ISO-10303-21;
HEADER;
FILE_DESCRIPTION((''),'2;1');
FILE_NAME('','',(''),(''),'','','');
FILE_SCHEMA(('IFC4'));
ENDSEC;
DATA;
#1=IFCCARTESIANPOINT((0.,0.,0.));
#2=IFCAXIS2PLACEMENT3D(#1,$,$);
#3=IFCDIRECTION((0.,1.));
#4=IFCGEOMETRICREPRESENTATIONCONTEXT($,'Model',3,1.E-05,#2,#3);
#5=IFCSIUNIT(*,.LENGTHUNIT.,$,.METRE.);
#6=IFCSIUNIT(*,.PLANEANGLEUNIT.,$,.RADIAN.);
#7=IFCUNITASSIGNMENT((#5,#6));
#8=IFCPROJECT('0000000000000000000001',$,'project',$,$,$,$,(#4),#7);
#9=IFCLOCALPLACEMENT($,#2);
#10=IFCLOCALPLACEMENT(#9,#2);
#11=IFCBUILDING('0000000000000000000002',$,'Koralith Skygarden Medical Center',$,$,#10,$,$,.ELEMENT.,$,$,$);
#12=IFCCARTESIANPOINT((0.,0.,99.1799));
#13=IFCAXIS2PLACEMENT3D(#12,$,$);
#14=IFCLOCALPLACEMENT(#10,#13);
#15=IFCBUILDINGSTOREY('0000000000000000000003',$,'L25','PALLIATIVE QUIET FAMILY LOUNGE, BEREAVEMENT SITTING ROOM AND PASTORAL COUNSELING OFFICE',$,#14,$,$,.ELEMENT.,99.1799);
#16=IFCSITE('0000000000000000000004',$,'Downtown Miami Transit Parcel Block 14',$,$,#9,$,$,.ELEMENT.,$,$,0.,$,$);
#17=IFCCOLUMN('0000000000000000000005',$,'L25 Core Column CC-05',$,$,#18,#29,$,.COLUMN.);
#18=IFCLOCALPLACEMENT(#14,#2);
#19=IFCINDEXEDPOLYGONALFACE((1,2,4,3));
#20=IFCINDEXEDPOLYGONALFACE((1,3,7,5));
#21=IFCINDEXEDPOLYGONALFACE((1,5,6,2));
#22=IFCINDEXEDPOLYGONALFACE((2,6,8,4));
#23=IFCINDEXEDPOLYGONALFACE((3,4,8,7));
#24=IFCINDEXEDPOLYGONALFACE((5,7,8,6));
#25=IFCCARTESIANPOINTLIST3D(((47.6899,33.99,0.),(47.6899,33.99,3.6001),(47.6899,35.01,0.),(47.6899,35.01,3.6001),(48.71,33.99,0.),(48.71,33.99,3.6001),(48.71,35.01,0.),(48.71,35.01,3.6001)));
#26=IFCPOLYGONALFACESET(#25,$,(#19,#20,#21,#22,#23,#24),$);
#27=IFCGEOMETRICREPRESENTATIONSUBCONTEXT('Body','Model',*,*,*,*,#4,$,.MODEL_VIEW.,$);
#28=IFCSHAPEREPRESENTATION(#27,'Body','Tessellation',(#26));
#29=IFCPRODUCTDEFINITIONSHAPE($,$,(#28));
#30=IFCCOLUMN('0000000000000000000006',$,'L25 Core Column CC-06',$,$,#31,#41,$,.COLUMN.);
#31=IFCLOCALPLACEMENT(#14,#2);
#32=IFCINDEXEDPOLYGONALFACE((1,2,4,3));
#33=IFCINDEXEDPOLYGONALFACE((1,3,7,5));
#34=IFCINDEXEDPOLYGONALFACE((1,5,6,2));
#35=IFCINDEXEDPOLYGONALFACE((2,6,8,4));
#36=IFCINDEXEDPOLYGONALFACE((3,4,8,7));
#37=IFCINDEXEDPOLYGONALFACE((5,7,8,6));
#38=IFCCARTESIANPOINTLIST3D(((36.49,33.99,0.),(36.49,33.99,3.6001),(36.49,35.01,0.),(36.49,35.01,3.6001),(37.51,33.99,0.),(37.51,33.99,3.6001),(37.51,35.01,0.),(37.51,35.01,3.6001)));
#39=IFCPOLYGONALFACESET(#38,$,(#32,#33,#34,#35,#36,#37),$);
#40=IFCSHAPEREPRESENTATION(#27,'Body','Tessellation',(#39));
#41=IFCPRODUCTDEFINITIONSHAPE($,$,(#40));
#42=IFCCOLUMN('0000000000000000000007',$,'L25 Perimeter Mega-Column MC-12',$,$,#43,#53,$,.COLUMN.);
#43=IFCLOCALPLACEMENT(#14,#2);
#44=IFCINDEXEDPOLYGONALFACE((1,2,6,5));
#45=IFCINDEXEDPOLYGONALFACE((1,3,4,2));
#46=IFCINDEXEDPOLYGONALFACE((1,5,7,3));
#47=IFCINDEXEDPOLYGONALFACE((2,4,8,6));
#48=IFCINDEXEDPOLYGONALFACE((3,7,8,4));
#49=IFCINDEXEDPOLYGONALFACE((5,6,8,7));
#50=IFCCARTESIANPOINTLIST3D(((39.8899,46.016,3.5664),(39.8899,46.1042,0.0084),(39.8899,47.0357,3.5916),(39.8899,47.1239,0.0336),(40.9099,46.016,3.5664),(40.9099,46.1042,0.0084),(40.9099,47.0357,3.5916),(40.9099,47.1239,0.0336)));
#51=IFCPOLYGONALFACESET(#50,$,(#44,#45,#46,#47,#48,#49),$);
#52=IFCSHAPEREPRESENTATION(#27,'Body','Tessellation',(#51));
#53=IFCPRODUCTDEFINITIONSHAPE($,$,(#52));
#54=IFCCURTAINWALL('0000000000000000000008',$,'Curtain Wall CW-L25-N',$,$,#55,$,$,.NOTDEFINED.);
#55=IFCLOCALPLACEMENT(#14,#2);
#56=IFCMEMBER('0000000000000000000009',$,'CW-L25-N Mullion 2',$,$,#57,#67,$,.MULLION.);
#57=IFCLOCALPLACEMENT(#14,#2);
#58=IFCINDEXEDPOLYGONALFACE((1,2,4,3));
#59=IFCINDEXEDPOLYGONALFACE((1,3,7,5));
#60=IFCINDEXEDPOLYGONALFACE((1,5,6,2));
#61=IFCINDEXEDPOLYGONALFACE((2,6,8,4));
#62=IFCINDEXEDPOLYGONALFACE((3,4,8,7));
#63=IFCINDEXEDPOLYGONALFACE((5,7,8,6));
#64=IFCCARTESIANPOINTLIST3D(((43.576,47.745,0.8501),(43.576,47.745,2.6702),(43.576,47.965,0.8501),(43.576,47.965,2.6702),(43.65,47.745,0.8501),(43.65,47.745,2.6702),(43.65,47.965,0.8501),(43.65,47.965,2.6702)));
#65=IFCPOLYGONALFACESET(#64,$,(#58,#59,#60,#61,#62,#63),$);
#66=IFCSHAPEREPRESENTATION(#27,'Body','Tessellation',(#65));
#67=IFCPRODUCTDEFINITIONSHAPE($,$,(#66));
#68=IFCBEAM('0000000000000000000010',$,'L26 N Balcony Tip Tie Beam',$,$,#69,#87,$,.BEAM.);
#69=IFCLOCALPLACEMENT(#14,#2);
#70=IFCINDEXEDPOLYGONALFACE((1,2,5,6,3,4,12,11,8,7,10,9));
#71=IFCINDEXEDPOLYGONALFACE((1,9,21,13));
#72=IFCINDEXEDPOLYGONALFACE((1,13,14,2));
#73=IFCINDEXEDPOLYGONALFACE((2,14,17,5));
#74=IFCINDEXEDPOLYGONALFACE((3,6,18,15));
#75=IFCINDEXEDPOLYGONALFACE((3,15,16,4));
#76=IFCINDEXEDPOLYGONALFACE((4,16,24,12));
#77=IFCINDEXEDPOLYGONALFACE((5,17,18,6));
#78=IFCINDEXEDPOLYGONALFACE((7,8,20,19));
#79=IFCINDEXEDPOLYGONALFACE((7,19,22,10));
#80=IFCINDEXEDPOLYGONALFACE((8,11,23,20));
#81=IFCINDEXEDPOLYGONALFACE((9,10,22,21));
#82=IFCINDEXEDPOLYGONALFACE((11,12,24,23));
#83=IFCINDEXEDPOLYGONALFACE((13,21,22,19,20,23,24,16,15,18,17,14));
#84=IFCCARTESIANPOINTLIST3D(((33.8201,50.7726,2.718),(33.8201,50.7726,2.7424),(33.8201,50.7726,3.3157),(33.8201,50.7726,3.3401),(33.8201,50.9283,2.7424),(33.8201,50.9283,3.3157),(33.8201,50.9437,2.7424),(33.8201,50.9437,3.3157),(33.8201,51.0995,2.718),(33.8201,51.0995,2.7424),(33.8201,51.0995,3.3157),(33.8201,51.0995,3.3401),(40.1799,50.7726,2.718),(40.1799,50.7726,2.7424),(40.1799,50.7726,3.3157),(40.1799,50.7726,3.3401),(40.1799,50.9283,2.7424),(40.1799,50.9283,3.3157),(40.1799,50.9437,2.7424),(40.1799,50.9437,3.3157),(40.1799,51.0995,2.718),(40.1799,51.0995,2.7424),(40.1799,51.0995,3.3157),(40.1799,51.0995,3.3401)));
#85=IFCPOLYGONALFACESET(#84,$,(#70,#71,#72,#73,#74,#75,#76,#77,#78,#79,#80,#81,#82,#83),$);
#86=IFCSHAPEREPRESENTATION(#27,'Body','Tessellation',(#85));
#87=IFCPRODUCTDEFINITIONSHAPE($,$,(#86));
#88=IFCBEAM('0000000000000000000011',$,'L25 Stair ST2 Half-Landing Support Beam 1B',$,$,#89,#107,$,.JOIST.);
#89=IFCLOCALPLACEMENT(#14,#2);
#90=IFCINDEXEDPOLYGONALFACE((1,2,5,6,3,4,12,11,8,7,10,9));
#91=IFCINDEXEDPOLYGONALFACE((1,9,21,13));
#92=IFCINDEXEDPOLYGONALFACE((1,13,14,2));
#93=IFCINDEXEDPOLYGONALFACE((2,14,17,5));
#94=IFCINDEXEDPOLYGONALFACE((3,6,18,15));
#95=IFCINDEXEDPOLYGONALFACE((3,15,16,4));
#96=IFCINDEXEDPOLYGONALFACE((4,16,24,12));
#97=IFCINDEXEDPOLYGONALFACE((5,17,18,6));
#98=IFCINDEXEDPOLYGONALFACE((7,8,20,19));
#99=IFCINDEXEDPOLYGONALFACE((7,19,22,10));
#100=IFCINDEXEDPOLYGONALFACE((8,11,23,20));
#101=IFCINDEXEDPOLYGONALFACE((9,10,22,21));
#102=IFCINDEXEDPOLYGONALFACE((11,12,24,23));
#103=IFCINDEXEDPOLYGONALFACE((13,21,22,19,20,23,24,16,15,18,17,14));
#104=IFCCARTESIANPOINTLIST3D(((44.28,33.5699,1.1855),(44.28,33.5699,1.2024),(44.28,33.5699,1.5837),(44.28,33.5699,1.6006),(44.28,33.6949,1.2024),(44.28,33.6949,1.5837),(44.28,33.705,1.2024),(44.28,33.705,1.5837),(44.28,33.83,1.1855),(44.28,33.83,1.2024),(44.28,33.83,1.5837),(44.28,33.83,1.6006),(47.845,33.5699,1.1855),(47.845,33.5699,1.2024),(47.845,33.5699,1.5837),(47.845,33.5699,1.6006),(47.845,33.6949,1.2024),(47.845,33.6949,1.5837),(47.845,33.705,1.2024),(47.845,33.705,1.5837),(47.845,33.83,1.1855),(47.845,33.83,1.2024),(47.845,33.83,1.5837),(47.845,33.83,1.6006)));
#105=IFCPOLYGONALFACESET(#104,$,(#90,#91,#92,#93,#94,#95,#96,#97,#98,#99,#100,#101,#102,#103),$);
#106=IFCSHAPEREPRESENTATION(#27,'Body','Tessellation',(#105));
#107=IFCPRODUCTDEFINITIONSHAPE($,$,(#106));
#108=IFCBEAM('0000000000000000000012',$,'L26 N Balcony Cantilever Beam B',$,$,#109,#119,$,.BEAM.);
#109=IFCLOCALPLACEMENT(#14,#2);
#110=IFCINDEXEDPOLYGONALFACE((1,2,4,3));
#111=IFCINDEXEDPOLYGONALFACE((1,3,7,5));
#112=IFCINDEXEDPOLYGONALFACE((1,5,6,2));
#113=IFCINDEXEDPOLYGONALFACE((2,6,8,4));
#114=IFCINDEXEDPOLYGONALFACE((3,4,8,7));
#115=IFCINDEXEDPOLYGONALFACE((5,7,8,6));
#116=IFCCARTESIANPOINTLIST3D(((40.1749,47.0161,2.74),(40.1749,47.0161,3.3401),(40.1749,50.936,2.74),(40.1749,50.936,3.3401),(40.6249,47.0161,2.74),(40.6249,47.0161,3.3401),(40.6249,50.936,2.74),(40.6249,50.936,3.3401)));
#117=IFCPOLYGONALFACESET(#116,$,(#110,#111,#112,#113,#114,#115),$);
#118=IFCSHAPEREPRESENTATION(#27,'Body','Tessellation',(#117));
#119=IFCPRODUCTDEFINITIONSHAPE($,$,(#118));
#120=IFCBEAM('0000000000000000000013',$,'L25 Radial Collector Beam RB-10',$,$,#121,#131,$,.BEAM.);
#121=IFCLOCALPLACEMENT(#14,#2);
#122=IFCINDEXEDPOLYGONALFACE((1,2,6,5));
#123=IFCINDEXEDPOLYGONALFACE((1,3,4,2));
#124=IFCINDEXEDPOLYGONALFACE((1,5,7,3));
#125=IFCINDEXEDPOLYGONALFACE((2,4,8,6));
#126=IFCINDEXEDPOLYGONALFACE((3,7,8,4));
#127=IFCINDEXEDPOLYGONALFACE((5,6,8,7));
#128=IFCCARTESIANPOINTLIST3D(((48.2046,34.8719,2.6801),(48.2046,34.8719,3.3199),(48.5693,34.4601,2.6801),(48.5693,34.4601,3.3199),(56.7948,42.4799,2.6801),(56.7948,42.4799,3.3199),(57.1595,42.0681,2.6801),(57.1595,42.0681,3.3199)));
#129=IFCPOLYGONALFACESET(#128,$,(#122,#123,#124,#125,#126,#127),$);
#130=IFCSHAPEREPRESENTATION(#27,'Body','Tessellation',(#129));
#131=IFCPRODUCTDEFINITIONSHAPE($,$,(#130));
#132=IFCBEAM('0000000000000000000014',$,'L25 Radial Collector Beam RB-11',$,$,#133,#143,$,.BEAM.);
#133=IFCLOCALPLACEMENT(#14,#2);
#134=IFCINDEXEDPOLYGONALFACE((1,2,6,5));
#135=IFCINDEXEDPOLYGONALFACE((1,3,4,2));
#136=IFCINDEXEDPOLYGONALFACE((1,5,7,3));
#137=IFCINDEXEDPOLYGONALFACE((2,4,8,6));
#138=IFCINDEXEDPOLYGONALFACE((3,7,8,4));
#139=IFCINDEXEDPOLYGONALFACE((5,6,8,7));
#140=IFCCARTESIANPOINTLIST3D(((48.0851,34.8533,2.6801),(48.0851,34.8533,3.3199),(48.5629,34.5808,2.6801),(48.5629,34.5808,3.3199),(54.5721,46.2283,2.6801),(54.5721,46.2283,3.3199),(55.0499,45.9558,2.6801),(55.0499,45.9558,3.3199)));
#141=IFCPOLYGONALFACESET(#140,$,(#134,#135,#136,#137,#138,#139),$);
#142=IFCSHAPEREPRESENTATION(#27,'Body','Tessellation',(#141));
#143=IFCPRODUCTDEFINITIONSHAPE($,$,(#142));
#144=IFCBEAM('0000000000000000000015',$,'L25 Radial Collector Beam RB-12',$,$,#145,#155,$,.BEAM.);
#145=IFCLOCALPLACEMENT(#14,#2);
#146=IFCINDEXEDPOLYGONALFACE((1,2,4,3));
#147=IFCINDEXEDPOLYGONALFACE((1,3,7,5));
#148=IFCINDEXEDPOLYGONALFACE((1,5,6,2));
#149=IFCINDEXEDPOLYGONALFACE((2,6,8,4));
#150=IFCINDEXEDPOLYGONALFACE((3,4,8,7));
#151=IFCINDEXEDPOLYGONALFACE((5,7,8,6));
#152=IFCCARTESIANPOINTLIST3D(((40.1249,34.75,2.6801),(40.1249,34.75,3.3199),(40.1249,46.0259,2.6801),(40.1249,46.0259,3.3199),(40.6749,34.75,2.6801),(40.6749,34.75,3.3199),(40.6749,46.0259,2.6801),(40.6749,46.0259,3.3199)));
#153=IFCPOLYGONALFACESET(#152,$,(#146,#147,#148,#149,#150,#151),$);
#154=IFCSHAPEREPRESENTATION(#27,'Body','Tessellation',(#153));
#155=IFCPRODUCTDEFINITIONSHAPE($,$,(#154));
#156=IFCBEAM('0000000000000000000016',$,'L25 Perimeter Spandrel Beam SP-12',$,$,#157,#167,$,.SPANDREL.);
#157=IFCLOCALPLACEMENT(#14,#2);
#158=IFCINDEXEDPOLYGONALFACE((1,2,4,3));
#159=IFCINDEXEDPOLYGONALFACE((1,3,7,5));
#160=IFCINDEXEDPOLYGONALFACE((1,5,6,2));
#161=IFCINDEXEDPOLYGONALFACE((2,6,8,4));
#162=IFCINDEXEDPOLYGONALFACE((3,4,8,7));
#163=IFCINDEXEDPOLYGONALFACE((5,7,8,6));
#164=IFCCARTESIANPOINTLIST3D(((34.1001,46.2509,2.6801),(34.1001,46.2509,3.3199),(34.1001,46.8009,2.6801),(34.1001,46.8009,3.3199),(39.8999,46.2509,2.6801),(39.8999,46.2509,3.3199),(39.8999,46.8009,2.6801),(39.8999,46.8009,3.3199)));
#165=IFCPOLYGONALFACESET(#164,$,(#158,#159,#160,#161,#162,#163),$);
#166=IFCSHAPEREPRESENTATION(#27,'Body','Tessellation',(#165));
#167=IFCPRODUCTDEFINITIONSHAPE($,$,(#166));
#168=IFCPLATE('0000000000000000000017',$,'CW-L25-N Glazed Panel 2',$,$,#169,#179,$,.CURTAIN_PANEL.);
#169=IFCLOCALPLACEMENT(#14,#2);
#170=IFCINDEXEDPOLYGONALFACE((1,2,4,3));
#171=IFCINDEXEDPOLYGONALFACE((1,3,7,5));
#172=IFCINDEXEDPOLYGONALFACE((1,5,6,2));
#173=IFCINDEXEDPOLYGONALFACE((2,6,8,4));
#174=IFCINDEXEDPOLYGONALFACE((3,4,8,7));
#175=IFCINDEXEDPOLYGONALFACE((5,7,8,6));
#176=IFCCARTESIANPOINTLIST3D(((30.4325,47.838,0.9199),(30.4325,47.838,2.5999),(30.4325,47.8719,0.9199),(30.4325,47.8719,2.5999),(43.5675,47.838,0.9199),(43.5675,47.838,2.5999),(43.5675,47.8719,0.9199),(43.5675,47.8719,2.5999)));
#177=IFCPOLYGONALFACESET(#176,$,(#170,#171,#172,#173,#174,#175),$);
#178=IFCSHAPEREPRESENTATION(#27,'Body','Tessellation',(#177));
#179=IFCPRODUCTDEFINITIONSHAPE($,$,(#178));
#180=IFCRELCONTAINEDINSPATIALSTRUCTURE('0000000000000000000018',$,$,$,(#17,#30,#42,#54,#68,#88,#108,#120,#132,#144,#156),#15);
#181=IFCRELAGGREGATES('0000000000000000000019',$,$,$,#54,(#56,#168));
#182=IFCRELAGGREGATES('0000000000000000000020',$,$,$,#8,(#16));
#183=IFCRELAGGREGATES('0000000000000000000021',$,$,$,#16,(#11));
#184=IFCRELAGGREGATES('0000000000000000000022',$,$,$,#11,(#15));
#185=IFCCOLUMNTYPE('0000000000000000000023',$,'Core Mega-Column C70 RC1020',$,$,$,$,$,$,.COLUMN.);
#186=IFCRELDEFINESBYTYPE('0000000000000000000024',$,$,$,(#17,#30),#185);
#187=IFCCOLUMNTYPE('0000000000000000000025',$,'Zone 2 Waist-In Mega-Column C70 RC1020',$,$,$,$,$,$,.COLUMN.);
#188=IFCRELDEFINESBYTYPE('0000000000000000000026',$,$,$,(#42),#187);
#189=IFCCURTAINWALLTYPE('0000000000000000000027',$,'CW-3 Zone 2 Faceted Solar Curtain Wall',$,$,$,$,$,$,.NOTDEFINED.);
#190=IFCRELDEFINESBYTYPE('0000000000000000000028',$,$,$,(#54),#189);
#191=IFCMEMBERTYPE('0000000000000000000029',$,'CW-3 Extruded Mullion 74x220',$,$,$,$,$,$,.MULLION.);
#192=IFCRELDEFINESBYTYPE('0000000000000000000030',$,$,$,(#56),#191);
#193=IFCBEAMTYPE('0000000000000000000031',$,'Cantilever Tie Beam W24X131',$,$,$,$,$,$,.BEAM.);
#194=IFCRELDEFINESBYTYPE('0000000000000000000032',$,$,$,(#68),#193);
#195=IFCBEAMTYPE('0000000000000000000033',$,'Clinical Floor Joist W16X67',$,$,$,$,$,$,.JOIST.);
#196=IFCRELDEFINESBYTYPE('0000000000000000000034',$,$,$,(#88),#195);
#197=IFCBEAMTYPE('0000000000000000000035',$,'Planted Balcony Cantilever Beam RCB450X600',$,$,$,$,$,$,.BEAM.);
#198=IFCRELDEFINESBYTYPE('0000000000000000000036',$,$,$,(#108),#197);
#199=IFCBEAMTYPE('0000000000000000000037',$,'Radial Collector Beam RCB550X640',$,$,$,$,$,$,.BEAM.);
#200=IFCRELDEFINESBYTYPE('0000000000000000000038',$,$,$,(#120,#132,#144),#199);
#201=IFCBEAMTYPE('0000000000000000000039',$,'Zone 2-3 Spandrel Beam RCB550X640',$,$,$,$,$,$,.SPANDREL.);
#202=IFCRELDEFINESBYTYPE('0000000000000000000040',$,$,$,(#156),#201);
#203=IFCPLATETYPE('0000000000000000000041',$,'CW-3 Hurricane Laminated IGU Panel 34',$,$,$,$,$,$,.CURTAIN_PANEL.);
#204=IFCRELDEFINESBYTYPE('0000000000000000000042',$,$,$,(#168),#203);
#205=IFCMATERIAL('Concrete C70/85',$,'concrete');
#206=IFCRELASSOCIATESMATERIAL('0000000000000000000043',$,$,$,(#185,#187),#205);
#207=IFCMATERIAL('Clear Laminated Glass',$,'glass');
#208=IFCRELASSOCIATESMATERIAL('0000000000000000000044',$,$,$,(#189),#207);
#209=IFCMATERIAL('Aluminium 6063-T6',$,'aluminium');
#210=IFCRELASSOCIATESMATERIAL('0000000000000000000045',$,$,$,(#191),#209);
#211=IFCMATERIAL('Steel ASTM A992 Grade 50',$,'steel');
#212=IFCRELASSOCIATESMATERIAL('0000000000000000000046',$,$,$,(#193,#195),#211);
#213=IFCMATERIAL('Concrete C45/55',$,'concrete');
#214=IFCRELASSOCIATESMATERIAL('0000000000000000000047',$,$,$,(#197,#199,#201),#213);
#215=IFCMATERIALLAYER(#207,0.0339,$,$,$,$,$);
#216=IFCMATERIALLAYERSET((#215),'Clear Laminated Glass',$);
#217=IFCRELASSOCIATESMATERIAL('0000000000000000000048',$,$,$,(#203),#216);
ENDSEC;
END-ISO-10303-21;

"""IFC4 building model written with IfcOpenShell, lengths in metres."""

from ifc_helpers import new_model, si_unit, direction, frame, origin, origin_2d, place, context, subcontext, project, spatial, rectangle, i_section, extrude, material, layer, layer_set, material_profile, profile_set, type_object, element, aggregate, save


model = new_model("IFC4")

# Units and contexts
model_context = context("Model", 3, precision=1e-05, world=origin(), true_north=direction((0.0, 1.0)))
body_context = subcontext(model_context, "Body", "Model", "MODEL_VIEW")
ifc_project = project(units=[si_unit("LENGTHUNIT", "METRE"), si_unit("PLANEANGLEUNIT", "RADIAN")], contexts=[model_context])

# Site, building, storey
site_placement = place(None, origin())
site = spatial("IfcSite", under=ifc_project, at=site_placement, Name="Downtown Miami Transit Parcel Block 14", CompositionType="ELEMENT", RefElevation=0.0)
building_placement = place(site_placement, origin())
building = spatial("IfcBuilding", under=site, at=building_placement, Name="Koralith Skygarden Medical Center", CompositionType="ELEMENT")
storey_placement = place(building_placement, frame((0.0, 0.0, 99.1799)))
storey = spatial("IfcBuildingStorey", under=building, at=storey_placement, Name="L25", Description="PALLIATIVE QUIET FAMILY LOUNGE, BEREAVEMENT SITTING ROOM AND PASTORAL COUNSELING OFFICE", CompositionType="ELEMENT", Elevation=99.1799)

# Columns
ifc_material_1 = material(Name="Concrete C70/85", Category="concrete")
ifc_material_profile_1 = material_profile(ifc_material_1, rectangle(XDim=1.02, YDim=1.02, at=origin_2d()), Name="RC1020X1020")
ifc_profile_set_1 = profile_set([ifc_material_profile_1], Name="Concrete C70/85")
column_type_1 = type_object("IfcColumnType", Name="Core Mega-Column C70 RC1020", PredefinedType="COLUMN", material=ifc_profile_set_1)
for number, where, z_axis, x_axis, name in (
    (1, (48.2, 34.5, 0.0), (0.0, 0.0, 1.0), (1.0, 0.0, 0.0), "L25 Core Column CC-05"),
    (2, (37.0, 34.5, 0.0), (0.0, 0.0, 1.0), (1.0, 0.0, 0.0), "L25 Core Column CC-06"),
):
    element("IfcColumn", number, at=place(storey_placement, frame(where, z_axis=z_axis, x_axis=x_axis)), inside=storey, type_object=column_type_1, Name=name, PredefinedType="COLUMN", context=body_context, shape_type="SweptSolid", body=[
        extrude(rectangle(XDim=1.02, YDim=1.02, at=origin_2d()), origin(), (0.0, 0.0, 1.0), 3.6001),
    ])
ifc_material_profile_2 = material_profile(ifc_material_1, rectangle(XDim=1.02, YDim=1.02, at=origin_2d()), Name="RC1020X1020")
ifc_profile_set_2 = profile_set([ifc_material_profile_2], Name="Concrete C70/85")
column_type_2 = type_object("IfcColumnType", Name="Zone 2 Waist-In Mega-Column C70 RC1020", PredefinedType="COLUMN", material=ifc_profile_set_2)
column_placement = place(storey_placement, frame((40.3999, 46.614, 0.021), z_axis=(0.0, -0.024763, 0.999693), x_axis=(1.0, 0.0, 0.0)))
element("IfcColumn", 3, at=column_placement, inside=storey, type_object=column_type_2, Name="L25 Perimeter Mega-Column MC-12", PredefinedType="COLUMN", context=body_context, shape_type="SweptSolid", body=[
    extrude(rectangle(XDim=1.02, YDim=1.02, at=origin_2d()), origin(), (0.0, 0.0, 1.0), 3.5591),
])

# Curtain wall, member
ifc_material_2 = material(Name="Clear Laminated Glass", Category="glass")
curtain_wall_type = type_object("IfcCurtainWallType", Name="CW-3 Zone 2 Faceted Solar Curtain Wall", PredefinedType="NOTDEFINED", material=ifc_material_2)
curtain_wall_placement = place(storey_placement, origin())
curtain_wall = element("IfcCurtainWall", 4, at=curtain_wall_placement, inside=storey, type_object=curtain_wall_type, Name="Curtain Wall CW-L25-N", PredefinedType="NOTDEFINED")
ifc_material_3 = material(Name="Aluminium 6063-T6", Category="aluminium")
ifc_material_profile_3 = material_profile(ifc_material_3, rectangle(XDim=0.074, YDim=0.22, at=origin_2d()), Name="MUL74X220")
ifc_profile_set_3 = profile_set([ifc_material_profile_3], Name="Aluminium 6063-T6")
member_type = type_object("IfcMemberType", Name="CW-3 Extruded Mullion 74x220", PredefinedType="MULLION", material=ifc_profile_set_3)
member_placement = place(storey_placement, frame((43.613, 47.855, 0.8501), z_axis=(0.0, 0.0, 1.0), x_axis=(1.0, 0.0, 0.0)))
member = element("IfcMember", 5, at=member_placement, type_object=member_type, Name="CW-L25-N Mullion 2", PredefinedType="MULLION", context=body_context, shape_type="SweptSolid", body=[
    extrude(rectangle(XDim=0.074, YDim=0.22, at=origin_2d()), origin(), (0.0, 0.0, 1.0), 1.8201),
])

# Beams
ifc_material_4 = material(Name="Steel ASTM A992 Grade 50", Category="steel")
ifc_material_profile_4 = material_profile(ifc_material_4, i_section(OverallWidth=0.3269, OverallDepth=0.6221, WebThickness=0.0154, FlangeThickness=0.0244, at=origin_2d()), Name="W24X131")
ifc_profile_set_4 = profile_set([ifc_material_profile_4], Name="Steel ASTM A992 Grade 50")
beam_type_1 = type_object("IfcBeamType", Name="Cantilever Tie Beam W24X131", PredefinedType="BEAM", material=ifc_profile_set_4)
beam_1_placement = place(storey_placement, frame((33.8201, 50.936, 3.0291), z_axis=(1.0, 0.0, 0.0), x_axis=(0.0, 1.0, 0.0)))
element("IfcBeam", 6, at=beam_1_placement, inside=storey, type_object=beam_type_1, Name="L26 N Balcony Tip Tie Beam", PredefinedType="BEAM", context=body_context, shape_type="SweptSolid", body=[
    extrude(i_section(OverallWidth=0.3269, OverallDepth=0.6221, WebThickness=0.0154, FlangeThickness=0.0244, at=origin_2d()), origin(), (0.0, 0.0, 1.0), 6.3599),
])
ifc_material_profile_5 = material_profile(ifc_material_4, i_section(OverallWidth=0.26, OverallDepth=0.415, WebThickness=0.01, FlangeThickness=0.0168, at=origin_2d()), Name="W16X67")
ifc_profile_set_5 = profile_set([ifc_material_profile_5], Name="Steel ASTM A992 Grade 50")
beam_type_2 = type_object("IfcBeamType", Name="Clinical Floor Joist W16X67", PredefinedType="JOIST", material=ifc_profile_set_5)
beam_2_placement = place(storey_placement, frame((44.28, 33.7, 1.3931), z_axis=(1.0, 0.0, 0.0), x_axis=(0.0, 1.0, 0.0)))
element("IfcBeam", 7, at=beam_2_placement, inside=storey, type_object=beam_type_2, Name="L25 Stair ST2 Half-Landing Support Beam 1B", PredefinedType="JOIST", context=body_context, shape_type="SweptSolid", body=[
    extrude(i_section(OverallWidth=0.26, OverallDepth=0.415, WebThickness=0.01, FlangeThickness=0.0168, at=origin_2d()), origin(), (0.0, 0.0, 1.0), 3.5649),
])
ifc_material_5 = material(Name="Concrete C45/55", Category="concrete")
ifc_material_profile_6 = material_profile(ifc_material_5, rectangle(XDim=0.45, YDim=0.6001, at=origin_2d()), Name="RCB450X600")
ifc_profile_set_6 = profile_set([ifc_material_profile_6], Name="Concrete C45/55")
beam_type_3 = type_object("IfcBeamType", Name="Planted Balcony Cantilever Beam RCB450X600", PredefinedType="BEAM", material=ifc_profile_set_6)
beam_3_placement = place(storey_placement, frame((40.3999, 47.0161, 3.04), z_axis=(0.0, 1.0, 0.0), x_axis=(-1.0, 0.0, 0.0)))
element("IfcBeam", 8, at=beam_3_placement, inside=storey, type_object=beam_type_3, Name="L26 N Balcony Cantilever Beam B", PredefinedType="BEAM", context=body_context, shape_type="SweptSolid", body=[
    extrude(rectangle(XDim=0.45, YDim=0.6001, at=origin_2d()), origin(), (0.0, 0.0, 1.0), 3.9199),
])
ifc_material_profile_7 = material_profile(ifc_material_5, rectangle(XDim=0.55, YDim=0.6399, at=origin_2d()), Name="RCB550X640")
ifc_profile_set_7 = profile_set([ifc_material_profile_7], Name="Concrete C45/55")
beam_type_4 = type_object("IfcBeamType", Name="Radial Collector Beam RCB550X640", PredefinedType="BEAM", material=ifc_profile_set_7)
beam_4_placement = place(storey_placement, frame((48.387, 34.666, 3.0), z_axis=(0.748608, 0.663013, 0.0), x_axis=(-0.663013, 0.748608, 0.0)))
element("IfcBeam", 9, at=beam_4_placement, inside=storey, type_object=beam_type_4, Name="L25 Radial Collector Beam RB-10", PredefinedType="BEAM", context=body_context, shape_type="SweptSolid", body=[
    extrude(rectangle(XDim=0.55, YDim=0.6399, at=origin_2d()), origin(), (0.0, 0.0, 1.0), 11.4749),
])
beam_5_placement = place(storey_placement, frame((48.324, 34.717, 3.0), z_axis=(0.495394, 0.868668, 0.0), x_axis=(-0.868668, 0.495394, 0.0)))
element("IfcBeam", 10, at=beam_5_placement, inside=storey, type_object=beam_type_4, Name="L25 Radial Collector Beam RB-11", PredefinedType="BEAM", context=body_context, shape_type="SweptSolid", body=[
    extrude(rectangle(XDim=0.55, YDim=0.6399, at=origin_2d()), origin(), (0.0, 0.0, 1.0), 13.0947),
])
beam_6_placement = place(storey_placement, frame((40.3999, 34.75, 3.0), z_axis=(0.0, 1.0, 0.0), x_axis=(-1.0, 0.0, 0.0)))
element("IfcBeam", 11, at=beam_6_placement, inside=storey, type_object=beam_type_4, Name="L25 Radial Collector Beam RB-12", PredefinedType="BEAM", context=body_context, shape_type="SweptSolid", body=[
    extrude(rectangle(XDim=0.55, YDim=0.6399, at=origin_2d()), origin(), (0.0, 0.0, 1.0), 11.2759),
])
ifc_material_profile_8 = material_profile(ifc_material_5, rectangle(XDim=0.55, YDim=0.6399, at=origin_2d()), Name="RCB550X640")
ifc_profile_set_8 = profile_set([ifc_material_profile_8], Name="Concrete C45/55")
beam_type_5 = type_object("IfcBeamType", Name="Zone 2-3 Spandrel Beam RCB550X640", PredefinedType="SPANDREL", material=ifc_profile_set_8)
beam_7_placement = place(storey_placement, frame((39.8999, 46.5259, 3.0), z_axis=(-1.0, 0.0, 0.0), x_axis=(0.0, -1.0, 0.0)))
element("IfcBeam", 12, at=beam_7_placement, inside=storey, type_object=beam_type_5, Name="L25 Perimeter Spandrel Beam SP-12", PredefinedType="SPANDREL", context=body_context, shape_type="SweptSolid", body=[
    extrude(rectangle(XDim=0.55, YDim=0.6399, at=origin_2d()), origin(), (0.0, 0.0, 1.0), 5.7998),
])

# Plate
ifc_layer_1 = layer(ifc_material_2, 0.0339)
ifc_layer_set_1 = layer_set([ifc_layer_1], Name="Clear Laminated Glass")
plate_type = type_object("IfcPlateType", Name="CW-3 Hurricane Laminated IGU Panel 34", PredefinedType="CURTAIN_PANEL", material=ifc_layer_set_1)
plate_placement = place(storey_placement, frame((37.0, 47.855, 0.9199), z_axis=(0.0, 0.0, 1.0), x_axis=(-1.0, 0.0, 0.0)))
plate = element("IfcPlate", 13, at=plate_placement, type_object=plate_type, Name="CW-L25-N Glazed Panel 2", PredefinedType="CURTAIN_PANEL", context=body_context, shape_type="SweptSolid", body=[
    extrude(rectangle(XDim=13.135, YDim=0.0339, at=origin_2d()), origin(), (0.0, 0.0, 1.0), 1.6799),
])
aggregate(curtain_wall, [member, plate])

save(model, "model.ifc")
